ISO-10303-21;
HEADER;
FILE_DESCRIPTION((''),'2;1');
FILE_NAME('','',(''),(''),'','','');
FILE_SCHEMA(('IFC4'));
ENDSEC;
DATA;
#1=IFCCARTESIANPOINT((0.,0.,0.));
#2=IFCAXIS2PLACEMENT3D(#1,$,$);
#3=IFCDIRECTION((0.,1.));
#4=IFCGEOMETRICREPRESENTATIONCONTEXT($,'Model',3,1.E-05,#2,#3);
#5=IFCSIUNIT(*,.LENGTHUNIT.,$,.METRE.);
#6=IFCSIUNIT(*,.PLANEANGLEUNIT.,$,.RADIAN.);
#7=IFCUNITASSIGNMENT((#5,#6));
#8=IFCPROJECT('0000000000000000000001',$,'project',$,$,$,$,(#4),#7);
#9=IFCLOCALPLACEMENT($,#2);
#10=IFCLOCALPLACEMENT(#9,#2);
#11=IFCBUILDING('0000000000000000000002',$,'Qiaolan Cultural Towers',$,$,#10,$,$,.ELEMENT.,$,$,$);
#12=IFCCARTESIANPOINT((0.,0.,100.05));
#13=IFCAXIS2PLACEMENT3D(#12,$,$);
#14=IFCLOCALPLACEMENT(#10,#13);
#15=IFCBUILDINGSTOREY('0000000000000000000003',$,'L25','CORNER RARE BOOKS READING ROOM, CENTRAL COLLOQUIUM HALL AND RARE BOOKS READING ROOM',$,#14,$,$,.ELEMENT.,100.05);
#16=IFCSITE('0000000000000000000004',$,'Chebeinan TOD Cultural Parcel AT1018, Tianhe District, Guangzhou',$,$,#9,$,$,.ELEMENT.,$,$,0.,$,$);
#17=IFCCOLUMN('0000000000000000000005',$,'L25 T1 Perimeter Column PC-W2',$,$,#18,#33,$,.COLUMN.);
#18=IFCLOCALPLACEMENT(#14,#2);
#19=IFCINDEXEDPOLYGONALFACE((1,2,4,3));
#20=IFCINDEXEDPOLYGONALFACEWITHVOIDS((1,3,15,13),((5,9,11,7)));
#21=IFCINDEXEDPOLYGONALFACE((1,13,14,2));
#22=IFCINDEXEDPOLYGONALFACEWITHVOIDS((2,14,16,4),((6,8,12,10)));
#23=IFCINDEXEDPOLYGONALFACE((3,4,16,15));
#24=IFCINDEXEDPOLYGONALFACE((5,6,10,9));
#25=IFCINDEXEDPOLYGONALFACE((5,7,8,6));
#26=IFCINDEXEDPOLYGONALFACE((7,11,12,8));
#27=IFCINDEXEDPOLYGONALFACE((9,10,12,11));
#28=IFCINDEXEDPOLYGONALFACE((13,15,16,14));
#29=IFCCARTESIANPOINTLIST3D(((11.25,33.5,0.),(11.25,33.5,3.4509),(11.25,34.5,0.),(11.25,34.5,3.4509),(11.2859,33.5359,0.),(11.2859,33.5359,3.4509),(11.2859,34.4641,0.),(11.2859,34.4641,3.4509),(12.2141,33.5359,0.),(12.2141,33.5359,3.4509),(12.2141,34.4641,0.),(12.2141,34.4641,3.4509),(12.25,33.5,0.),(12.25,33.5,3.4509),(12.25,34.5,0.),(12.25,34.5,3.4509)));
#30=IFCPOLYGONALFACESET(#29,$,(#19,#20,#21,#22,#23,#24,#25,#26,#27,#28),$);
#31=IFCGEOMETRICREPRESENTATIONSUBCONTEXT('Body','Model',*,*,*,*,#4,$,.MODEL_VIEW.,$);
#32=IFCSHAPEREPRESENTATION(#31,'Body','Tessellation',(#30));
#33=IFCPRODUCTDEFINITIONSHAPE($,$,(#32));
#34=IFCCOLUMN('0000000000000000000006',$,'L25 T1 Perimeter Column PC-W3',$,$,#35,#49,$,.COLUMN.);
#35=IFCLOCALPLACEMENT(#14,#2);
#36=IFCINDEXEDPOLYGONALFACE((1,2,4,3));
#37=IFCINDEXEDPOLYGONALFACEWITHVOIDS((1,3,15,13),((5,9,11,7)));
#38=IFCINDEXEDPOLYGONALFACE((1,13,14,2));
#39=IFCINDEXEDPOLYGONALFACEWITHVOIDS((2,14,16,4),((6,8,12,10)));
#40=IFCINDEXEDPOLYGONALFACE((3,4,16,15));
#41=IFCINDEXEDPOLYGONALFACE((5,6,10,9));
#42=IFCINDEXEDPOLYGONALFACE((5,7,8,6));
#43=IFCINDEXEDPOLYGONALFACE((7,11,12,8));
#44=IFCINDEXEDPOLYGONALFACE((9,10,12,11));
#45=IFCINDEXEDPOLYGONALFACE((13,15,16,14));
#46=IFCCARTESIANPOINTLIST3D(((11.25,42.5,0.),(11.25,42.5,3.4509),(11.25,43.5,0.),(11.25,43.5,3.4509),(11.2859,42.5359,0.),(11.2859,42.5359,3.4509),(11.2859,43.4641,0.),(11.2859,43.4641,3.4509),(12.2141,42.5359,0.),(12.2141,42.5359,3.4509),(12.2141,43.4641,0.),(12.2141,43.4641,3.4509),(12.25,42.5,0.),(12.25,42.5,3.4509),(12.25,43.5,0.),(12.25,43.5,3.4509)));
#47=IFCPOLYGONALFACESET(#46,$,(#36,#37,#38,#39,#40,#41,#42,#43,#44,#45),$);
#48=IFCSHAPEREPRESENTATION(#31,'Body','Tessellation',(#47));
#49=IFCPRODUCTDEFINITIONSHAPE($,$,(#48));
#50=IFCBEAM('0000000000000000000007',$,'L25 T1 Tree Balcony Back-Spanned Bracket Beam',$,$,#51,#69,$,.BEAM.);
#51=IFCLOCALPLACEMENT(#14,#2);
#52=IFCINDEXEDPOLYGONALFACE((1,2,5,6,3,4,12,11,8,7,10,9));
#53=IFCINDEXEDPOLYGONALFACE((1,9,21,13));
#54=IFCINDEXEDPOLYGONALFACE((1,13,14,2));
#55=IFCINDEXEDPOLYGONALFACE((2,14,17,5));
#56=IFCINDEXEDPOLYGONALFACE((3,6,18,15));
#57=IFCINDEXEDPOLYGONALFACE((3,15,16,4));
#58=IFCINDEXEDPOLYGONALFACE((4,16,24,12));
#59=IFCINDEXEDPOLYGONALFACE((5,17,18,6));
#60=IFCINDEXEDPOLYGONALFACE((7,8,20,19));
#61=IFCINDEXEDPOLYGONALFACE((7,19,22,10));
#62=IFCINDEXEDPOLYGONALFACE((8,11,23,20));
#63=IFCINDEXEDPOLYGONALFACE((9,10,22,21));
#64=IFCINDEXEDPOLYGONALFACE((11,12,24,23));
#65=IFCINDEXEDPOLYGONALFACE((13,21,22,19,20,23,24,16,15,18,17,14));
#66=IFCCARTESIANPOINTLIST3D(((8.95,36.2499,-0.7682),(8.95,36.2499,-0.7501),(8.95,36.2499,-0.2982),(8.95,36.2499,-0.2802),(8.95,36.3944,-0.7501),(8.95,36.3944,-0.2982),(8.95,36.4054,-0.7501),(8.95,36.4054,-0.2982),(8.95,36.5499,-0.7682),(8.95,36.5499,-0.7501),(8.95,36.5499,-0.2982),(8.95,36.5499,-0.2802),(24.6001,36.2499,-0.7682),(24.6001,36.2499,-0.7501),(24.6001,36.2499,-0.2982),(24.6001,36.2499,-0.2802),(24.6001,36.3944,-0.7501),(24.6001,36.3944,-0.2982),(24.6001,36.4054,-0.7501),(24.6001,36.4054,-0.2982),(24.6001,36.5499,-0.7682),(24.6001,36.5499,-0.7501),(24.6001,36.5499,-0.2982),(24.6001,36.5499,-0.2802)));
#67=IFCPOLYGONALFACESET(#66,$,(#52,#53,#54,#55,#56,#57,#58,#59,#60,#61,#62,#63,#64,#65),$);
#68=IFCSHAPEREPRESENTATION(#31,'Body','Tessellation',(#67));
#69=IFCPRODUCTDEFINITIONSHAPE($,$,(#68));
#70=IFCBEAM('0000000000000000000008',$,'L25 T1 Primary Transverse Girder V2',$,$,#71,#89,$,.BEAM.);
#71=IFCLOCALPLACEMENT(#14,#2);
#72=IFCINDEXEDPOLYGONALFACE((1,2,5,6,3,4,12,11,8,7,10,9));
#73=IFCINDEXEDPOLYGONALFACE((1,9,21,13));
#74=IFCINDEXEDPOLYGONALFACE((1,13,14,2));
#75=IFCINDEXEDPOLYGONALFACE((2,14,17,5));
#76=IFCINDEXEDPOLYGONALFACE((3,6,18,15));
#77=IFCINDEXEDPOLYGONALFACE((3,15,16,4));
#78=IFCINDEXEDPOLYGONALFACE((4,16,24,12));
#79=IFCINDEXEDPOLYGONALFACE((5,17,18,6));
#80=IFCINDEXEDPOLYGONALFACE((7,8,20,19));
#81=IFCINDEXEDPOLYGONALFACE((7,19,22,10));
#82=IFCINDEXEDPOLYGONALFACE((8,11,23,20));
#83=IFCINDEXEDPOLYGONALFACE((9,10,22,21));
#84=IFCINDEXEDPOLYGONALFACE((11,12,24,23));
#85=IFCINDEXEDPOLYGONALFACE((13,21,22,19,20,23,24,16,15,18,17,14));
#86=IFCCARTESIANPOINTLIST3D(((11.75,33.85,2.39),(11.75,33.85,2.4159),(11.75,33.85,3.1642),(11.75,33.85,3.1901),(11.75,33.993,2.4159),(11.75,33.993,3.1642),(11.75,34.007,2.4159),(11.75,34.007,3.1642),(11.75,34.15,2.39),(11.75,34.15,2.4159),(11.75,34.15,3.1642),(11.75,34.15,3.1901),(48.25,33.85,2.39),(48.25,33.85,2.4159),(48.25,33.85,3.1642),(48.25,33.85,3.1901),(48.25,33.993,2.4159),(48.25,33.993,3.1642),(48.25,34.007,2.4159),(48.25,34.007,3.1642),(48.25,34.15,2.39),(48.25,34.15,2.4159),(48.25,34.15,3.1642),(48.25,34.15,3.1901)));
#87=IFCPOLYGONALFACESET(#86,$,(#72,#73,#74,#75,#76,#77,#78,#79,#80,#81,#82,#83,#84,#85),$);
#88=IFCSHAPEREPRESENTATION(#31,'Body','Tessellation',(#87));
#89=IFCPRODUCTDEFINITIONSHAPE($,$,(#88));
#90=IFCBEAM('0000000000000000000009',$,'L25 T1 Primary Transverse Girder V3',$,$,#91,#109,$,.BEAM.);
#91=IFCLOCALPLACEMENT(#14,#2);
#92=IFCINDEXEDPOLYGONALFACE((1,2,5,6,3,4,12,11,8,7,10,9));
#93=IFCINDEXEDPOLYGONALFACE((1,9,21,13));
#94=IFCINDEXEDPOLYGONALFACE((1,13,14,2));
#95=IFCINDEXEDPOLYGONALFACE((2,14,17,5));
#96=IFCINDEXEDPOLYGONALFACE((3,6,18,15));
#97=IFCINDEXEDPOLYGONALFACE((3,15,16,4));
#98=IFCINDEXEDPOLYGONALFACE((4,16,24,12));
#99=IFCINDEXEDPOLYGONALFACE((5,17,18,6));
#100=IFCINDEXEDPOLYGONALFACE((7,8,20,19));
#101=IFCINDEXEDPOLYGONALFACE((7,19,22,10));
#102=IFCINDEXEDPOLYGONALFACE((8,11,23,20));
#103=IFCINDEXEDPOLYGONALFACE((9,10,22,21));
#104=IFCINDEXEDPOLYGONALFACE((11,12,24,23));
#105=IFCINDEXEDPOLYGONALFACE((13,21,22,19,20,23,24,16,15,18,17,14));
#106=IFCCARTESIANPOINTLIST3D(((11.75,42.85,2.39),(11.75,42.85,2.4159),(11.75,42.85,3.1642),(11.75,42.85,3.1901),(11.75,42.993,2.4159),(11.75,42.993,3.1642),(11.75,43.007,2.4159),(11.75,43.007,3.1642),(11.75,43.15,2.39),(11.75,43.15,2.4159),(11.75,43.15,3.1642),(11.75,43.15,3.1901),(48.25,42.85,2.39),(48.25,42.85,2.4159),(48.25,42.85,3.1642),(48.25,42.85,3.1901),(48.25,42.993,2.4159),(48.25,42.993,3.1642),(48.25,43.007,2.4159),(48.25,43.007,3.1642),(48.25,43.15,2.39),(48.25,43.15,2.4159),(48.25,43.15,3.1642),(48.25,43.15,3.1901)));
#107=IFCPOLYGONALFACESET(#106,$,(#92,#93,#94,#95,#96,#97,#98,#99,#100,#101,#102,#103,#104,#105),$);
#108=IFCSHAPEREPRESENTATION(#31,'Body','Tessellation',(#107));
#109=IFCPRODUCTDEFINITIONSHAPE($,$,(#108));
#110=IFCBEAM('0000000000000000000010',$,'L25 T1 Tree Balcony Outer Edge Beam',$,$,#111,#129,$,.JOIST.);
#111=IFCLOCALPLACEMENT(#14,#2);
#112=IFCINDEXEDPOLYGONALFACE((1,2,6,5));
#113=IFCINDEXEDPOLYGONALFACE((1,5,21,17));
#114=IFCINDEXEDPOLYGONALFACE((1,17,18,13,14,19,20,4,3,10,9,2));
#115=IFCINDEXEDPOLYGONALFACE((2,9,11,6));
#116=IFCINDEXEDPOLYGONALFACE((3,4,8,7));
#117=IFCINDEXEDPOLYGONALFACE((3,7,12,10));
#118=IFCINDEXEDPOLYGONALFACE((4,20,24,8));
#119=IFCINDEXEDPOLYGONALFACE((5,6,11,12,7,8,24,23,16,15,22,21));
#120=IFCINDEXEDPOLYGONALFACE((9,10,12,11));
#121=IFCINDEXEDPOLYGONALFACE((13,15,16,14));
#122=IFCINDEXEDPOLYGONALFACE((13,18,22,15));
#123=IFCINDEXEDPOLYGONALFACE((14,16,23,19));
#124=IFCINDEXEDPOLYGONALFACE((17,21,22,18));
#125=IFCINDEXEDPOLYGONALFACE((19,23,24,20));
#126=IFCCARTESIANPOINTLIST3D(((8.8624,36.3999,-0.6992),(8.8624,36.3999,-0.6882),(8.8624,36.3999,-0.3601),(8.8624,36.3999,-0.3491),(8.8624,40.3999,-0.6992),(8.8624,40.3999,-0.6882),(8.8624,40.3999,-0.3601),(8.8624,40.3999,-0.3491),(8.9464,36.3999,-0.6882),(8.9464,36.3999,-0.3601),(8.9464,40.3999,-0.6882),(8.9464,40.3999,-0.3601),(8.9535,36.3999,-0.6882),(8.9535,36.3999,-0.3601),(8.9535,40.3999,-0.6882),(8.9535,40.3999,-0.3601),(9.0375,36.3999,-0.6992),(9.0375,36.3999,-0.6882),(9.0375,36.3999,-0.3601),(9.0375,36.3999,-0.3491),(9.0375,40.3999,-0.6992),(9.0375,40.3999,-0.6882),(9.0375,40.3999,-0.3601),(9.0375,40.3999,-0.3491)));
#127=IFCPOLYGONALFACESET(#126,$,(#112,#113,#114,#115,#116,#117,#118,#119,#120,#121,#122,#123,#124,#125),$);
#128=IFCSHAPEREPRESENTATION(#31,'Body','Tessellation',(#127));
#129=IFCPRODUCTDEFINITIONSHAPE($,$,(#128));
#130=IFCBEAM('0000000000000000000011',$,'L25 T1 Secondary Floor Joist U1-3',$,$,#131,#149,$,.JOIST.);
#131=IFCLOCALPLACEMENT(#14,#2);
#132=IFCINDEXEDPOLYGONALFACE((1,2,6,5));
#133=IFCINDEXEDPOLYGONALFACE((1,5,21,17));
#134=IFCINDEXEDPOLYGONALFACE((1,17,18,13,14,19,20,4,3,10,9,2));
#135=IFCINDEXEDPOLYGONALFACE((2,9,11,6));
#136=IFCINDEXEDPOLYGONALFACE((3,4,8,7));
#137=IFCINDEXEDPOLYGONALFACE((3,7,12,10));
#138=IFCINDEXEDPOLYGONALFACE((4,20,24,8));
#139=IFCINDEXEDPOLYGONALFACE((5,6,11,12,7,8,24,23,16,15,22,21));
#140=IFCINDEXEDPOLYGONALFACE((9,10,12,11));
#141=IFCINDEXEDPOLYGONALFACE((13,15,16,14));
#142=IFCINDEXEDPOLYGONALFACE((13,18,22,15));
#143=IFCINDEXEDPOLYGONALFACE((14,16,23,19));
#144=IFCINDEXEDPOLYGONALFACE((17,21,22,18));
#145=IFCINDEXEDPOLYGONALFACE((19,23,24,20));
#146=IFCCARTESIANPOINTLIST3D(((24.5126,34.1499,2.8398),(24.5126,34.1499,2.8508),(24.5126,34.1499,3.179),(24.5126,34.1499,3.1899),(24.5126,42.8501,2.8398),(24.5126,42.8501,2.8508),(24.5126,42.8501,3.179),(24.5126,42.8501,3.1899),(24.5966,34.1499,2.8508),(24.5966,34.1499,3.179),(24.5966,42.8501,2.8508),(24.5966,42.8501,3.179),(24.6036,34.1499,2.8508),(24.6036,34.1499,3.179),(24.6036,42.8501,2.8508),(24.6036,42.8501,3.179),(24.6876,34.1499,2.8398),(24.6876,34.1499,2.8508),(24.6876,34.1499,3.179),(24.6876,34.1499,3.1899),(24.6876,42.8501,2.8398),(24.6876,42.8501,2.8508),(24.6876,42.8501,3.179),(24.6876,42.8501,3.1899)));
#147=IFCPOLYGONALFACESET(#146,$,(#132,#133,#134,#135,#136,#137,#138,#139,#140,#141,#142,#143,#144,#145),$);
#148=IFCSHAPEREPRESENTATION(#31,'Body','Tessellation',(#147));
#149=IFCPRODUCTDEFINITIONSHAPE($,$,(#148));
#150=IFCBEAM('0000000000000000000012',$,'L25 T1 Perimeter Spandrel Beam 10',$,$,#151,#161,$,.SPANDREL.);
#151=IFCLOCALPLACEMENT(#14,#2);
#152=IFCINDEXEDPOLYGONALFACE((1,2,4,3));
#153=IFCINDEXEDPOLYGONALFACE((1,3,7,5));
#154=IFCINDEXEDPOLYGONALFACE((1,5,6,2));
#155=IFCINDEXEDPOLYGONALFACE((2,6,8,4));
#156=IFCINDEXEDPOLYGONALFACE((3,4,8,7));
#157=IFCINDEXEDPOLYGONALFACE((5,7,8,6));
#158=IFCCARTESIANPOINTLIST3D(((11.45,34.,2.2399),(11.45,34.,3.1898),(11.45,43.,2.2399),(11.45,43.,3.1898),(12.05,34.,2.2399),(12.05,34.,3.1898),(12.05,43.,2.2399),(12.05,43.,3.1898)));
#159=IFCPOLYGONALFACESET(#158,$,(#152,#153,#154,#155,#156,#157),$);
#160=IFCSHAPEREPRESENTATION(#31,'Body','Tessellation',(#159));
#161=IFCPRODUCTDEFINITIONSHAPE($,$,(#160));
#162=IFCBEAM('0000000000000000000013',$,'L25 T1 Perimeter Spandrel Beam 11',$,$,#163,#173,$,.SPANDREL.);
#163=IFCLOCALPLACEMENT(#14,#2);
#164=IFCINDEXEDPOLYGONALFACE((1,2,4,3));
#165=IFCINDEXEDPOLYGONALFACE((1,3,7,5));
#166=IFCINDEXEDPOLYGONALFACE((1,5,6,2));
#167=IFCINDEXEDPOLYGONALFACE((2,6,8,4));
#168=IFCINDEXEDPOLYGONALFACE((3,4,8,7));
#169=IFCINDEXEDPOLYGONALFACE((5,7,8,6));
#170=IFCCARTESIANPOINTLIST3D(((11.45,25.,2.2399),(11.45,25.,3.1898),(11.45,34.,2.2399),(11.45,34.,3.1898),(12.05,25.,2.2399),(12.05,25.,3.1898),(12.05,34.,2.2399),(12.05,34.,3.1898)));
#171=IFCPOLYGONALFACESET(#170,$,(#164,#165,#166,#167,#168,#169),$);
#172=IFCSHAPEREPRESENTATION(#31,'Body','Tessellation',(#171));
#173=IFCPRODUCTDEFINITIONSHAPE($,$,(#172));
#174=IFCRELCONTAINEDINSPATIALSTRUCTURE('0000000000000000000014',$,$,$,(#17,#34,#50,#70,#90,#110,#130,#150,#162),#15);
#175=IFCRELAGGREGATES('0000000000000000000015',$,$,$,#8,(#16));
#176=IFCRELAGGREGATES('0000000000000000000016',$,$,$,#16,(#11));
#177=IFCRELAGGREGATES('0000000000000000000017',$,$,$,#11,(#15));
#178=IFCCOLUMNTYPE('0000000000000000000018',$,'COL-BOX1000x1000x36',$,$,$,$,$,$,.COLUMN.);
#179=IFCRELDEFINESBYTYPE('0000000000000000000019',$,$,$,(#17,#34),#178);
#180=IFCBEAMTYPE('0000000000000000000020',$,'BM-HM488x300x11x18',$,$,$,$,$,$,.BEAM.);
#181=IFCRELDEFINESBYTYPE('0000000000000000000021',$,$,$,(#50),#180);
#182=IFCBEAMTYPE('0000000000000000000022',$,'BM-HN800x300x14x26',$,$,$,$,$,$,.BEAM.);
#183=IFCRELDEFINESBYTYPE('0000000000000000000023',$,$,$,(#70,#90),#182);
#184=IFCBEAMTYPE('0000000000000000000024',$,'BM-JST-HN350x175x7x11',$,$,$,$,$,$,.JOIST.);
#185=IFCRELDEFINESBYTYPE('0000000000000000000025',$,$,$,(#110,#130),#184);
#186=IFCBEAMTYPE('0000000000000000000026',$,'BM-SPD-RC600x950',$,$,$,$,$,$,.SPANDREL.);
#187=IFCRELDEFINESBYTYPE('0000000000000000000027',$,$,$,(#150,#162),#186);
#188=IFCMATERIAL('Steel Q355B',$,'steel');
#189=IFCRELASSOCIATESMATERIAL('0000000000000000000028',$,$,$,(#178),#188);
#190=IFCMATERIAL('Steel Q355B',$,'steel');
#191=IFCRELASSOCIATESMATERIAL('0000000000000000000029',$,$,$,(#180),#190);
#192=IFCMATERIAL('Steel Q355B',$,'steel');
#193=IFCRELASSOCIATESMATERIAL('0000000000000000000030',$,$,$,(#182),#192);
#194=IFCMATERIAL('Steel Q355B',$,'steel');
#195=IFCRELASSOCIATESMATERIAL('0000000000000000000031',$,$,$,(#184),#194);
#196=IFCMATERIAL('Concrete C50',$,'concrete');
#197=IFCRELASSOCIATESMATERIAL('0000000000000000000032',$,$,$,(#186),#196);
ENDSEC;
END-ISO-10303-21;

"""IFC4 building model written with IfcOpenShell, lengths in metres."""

from ifc_helpers import new_model, si_unit, direction, frame, origin, origin_2d, place, context, subcontext, project, spatial, rectangle, hollow_rectangle, i_section, extrude, material, material_profile, profile_set, type_object, element, save


model = new_model("IFC4")

# Units and contexts
model_context = context("Model", 3, precision=1e-05, world=origin(), true_north=direction((0.0, 1.0)))
body_context = subcontext(model_context, "Body", "Model", "MODEL_VIEW")
ifc_project = project(units=[si_unit("LENGTHUNIT", "METRE"), si_unit("PLANEANGLEUNIT", "RADIAN")], contexts=[model_context])

# Site, building, storey
site_placement = place(None, origin())
site = spatial("IfcSite", under=ifc_project, at=site_placement, Name="Chebeinan TOD Cultural Parcel AT1018, Tianhe District, Guangzhou", CompositionType="ELEMENT", RefElevation=0.0)
building_placement = place(site_placement, origin())
building = spatial("IfcBuilding", under=site, at=building_placement, Name="Qiaolan Cultural Towers", CompositionType="ELEMENT")
storey_placement = place(building_placement, frame((0.0, 0.0, 100.05)))
storey = spatial("IfcBuildingStorey", under=building, at=storey_placement, Name="L25", Description="CORNER RARE BOOKS READING ROOM, CENTRAL COLLOQUIUM HALL AND RARE BOOKS READING ROOM", CompositionType="ELEMENT", Elevation=100.05)

# Columns
ifc_material_1 = material(Name="Steel Q355B", Category="steel")
ifc_material_profile_1 = material_profile(ifc_material_1, hollow_rectangle(XDim=1.0, YDim=1.0, WallThickness=0.0359, at=origin_2d()), Name="BOX1000x1000x36")
ifc_profile_set_1 = profile_set([ifc_material_profile_1], Name="Steel Q355B")
column_type = type_object("IfcColumnType", Name="COL-BOX1000x1000x36", PredefinedType="COLUMN", material=ifc_profile_set_1)
for number, where, z_axis, x_axis, name in (
    (1, (11.75, 34.0, 0.0), (0.0, 0.0, 1.0), (1.0, 0.0, 0.0), "L25 T1 Perimeter Column PC-W2"),
    (2, (11.75, 43.0, 0.0), (0.0, 0.0, 1.0), (1.0, 0.0, 0.0), "L25 T1 Perimeter Column PC-W3"),
):
    element("IfcColumn", number, at=place(storey_placement, frame(where, z_axis=z_axis, x_axis=x_axis)), inside=storey, type_object=column_type, Name=name, PredefinedType="COLUMN", context=body_context, shape_type="SweptSolid", body=[
        extrude(hollow_rectangle(XDim=1.0, YDim=1.0, WallThickness=0.0359, at=origin_2d()), origin(), (0.0, 0.0, 1.0), 3.4509),
    ])

# Beams
ifc_material_2 = material(Name="Steel Q355B", Category="steel")
ifc_material_profile_2 = material_profile(ifc_material_2, i_section(OverallWidth=0.3, OverallDepth=0.488, WebThickness=0.011, FlangeThickness=0.0181, at=origin_2d()), Name="HM488x300x11x18")
ifc_profile_set_2 = profile_set([ifc_material_profile_2], Name="Steel Q355B")
beam_type_1 = type_object("IfcBeamType", Name="BM-HM488x300x11x18", PredefinedType="BEAM", material=ifc_profile_set_2)
beam_1_placement = place(storey_placement, frame((24.6001, 36.3999, -0.5242), z_axis=(-1.0, 0.0, 0.0), x_axis=(0.0, -1.0, 0.0)))
element("IfcBeam", 3, at=beam_1_placement, inside=storey, type_object=beam_type_1, Name="L25 T1 Tree Balcony Back-Spanned Bracket Beam", PredefinedType="BEAM", context=body_context, shape_type="SweptSolid", body=[
    extrude(i_section(OverallWidth=0.3, OverallDepth=0.488, WebThickness=0.011, FlangeThickness=0.0181, at=origin_2d()), origin(), (0.0, 0.0, 1.0), 15.6501),
])
ifc_material_3 = material(Name="Steel Q355B", Category="steel")
ifc_material_profile_3 = material_profile(ifc_material_3, i_section(OverallWidth=0.3, OverallDepth=0.8, WebThickness=0.0139, FlangeThickness=0.0259, at=origin_2d()), Name="HN800x300x14x26")
ifc_profile_set_3 = profile_set([ifc_material_profile_3], Name="Steel Q355B")
beam_type_2 = type_object("IfcBeamType", Name="BM-HN800x300x14x26", PredefinedType="BEAM", material=ifc_profile_set_3)
for number, where, z_axis, x_axis, name in (
    (4, (11.75, 34.0, 2.79), (1.0, 0.0, 0.0), (0.0, 1.0, 0.0), "L25 T1 Primary Transverse Girder V2"),
    (5, (11.75, 43.0, 2.79), (1.0, 0.0, 0.0), (0.0, 1.0, 0.0), "L25 T1 Primary Transverse Girder V3"),
):
    element("IfcBeam", number, at=place(storey_placement, frame(where, z_axis=z_axis, x_axis=x_axis)), inside=storey, type_object=beam_type_2, Name=name, PredefinedType="BEAM", context=body_context, shape_type="SweptSolid", body=[
        extrude(i_section(OverallWidth=0.3, OverallDepth=0.8, WebThickness=0.0139, FlangeThickness=0.0259, at=origin_2d()), origin(), (0.0, 0.0, 1.0), 36.5),
    ])
ifc_material_4 = material(Name="Steel Q355B", Category="steel")
ifc_material_profile_4 = material_profile(ifc_material_4, i_section(OverallWidth=0.175, OverallDepth=0.3501, WebThickness=0.0071, FlangeThickness=0.011, at=origin_2d()), Name="HN350x175x7x11")
ifc_profile_set_4 = profile_set([ifc_material_profile_4], Name="Steel Q355B")
beam_type_3 = type_object("IfcBeamType", Name="BM-JST-HN350x175x7x11", PredefinedType="JOIST", material=ifc_profile_set_4)
beam_2_placement = place(storey_placement, frame((8.95, 36.3999, -0.5242), z_axis=(0.0, 1.0, 0.0), x_axis=(-1.0, 0.0, 0.0)))
element("IfcBeam", 6, at=beam_2_placement, inside=storey, type_object=beam_type_3, Name="L25 T1 Tree Balcony Outer Edge Beam", PredefinedType="JOIST", context=body_context, shape_type="SweptSolid", body=[
    extrude(i_section(OverallWidth=0.175, OverallDepth=0.3501, WebThickness=0.0071, FlangeThickness=0.011, at=origin_2d()), origin(), (0.0, 0.0, 1.0), 4.0),
])
beam_3_placement = place(storey_placement, frame((24.6001, 34.1499, 3.0149), z_axis=(0.0, 1.0, 0.0), x_axis=(-1.0, 0.0, 0.0)))
element("IfcBeam", 7, at=beam_3_placement, inside=storey, type_object=beam_type_3, Name="L25 T1 Secondary Floor Joist U1-3", PredefinedType="JOIST", context=body_context, shape_type="SweptSolid", body=[
    extrude(i_section(OverallWidth=0.175, OverallDepth=0.3501, WebThickness=0.0071, FlangeThickness=0.011, at=origin_2d()), origin(), (0.0, 0.0, 1.0), 8.7002),
])
ifc_material_5 = material(Name="Concrete C50", Category="concrete")
ifc_material_profile_5 = material_profile(ifc_material_5, rectangle(XDim=0.6001, YDim=0.95, at=origin_2d()), Name="RC600x950")
ifc_profile_set_5 = profile_set([ifc_material_profile_5], Name="Concrete C50")
beam_type_4 = type_object("IfcBeamType", Name="BM-SPD-RC600x950", PredefinedType="SPANDREL", material=ifc_profile_set_5)
for number, where, z_axis, x_axis, name in (
    (8, (11.75, 43.0, 2.7148), (0.0, -1.0, 0.0), (1.0, 0.0, 0.0), "L25 T1 Perimeter Spandrel Beam 10"),
    (9, (11.75, 34.0, 2.7148), (0.0, -1.0, 0.0), (1.0, 0.0, 0.0), "L25 T1 Perimeter Spandrel Beam 11"),
):
    element("IfcBeam", number, at=place(storey_placement, frame(where, z_axis=z_axis, x_axis=x_axis)), inside=storey, type_object=beam_type_4, Name=name, PredefinedType="SPANDREL", context=body_context, shape_type="SweptSolid", body=[
        extrude(rectangle(XDim=0.6001, YDim=0.95, at=origin_2d()), origin(), (0.0, 0.0, 1.0), 9.0),
    ])

save(model, "model.ifc")
